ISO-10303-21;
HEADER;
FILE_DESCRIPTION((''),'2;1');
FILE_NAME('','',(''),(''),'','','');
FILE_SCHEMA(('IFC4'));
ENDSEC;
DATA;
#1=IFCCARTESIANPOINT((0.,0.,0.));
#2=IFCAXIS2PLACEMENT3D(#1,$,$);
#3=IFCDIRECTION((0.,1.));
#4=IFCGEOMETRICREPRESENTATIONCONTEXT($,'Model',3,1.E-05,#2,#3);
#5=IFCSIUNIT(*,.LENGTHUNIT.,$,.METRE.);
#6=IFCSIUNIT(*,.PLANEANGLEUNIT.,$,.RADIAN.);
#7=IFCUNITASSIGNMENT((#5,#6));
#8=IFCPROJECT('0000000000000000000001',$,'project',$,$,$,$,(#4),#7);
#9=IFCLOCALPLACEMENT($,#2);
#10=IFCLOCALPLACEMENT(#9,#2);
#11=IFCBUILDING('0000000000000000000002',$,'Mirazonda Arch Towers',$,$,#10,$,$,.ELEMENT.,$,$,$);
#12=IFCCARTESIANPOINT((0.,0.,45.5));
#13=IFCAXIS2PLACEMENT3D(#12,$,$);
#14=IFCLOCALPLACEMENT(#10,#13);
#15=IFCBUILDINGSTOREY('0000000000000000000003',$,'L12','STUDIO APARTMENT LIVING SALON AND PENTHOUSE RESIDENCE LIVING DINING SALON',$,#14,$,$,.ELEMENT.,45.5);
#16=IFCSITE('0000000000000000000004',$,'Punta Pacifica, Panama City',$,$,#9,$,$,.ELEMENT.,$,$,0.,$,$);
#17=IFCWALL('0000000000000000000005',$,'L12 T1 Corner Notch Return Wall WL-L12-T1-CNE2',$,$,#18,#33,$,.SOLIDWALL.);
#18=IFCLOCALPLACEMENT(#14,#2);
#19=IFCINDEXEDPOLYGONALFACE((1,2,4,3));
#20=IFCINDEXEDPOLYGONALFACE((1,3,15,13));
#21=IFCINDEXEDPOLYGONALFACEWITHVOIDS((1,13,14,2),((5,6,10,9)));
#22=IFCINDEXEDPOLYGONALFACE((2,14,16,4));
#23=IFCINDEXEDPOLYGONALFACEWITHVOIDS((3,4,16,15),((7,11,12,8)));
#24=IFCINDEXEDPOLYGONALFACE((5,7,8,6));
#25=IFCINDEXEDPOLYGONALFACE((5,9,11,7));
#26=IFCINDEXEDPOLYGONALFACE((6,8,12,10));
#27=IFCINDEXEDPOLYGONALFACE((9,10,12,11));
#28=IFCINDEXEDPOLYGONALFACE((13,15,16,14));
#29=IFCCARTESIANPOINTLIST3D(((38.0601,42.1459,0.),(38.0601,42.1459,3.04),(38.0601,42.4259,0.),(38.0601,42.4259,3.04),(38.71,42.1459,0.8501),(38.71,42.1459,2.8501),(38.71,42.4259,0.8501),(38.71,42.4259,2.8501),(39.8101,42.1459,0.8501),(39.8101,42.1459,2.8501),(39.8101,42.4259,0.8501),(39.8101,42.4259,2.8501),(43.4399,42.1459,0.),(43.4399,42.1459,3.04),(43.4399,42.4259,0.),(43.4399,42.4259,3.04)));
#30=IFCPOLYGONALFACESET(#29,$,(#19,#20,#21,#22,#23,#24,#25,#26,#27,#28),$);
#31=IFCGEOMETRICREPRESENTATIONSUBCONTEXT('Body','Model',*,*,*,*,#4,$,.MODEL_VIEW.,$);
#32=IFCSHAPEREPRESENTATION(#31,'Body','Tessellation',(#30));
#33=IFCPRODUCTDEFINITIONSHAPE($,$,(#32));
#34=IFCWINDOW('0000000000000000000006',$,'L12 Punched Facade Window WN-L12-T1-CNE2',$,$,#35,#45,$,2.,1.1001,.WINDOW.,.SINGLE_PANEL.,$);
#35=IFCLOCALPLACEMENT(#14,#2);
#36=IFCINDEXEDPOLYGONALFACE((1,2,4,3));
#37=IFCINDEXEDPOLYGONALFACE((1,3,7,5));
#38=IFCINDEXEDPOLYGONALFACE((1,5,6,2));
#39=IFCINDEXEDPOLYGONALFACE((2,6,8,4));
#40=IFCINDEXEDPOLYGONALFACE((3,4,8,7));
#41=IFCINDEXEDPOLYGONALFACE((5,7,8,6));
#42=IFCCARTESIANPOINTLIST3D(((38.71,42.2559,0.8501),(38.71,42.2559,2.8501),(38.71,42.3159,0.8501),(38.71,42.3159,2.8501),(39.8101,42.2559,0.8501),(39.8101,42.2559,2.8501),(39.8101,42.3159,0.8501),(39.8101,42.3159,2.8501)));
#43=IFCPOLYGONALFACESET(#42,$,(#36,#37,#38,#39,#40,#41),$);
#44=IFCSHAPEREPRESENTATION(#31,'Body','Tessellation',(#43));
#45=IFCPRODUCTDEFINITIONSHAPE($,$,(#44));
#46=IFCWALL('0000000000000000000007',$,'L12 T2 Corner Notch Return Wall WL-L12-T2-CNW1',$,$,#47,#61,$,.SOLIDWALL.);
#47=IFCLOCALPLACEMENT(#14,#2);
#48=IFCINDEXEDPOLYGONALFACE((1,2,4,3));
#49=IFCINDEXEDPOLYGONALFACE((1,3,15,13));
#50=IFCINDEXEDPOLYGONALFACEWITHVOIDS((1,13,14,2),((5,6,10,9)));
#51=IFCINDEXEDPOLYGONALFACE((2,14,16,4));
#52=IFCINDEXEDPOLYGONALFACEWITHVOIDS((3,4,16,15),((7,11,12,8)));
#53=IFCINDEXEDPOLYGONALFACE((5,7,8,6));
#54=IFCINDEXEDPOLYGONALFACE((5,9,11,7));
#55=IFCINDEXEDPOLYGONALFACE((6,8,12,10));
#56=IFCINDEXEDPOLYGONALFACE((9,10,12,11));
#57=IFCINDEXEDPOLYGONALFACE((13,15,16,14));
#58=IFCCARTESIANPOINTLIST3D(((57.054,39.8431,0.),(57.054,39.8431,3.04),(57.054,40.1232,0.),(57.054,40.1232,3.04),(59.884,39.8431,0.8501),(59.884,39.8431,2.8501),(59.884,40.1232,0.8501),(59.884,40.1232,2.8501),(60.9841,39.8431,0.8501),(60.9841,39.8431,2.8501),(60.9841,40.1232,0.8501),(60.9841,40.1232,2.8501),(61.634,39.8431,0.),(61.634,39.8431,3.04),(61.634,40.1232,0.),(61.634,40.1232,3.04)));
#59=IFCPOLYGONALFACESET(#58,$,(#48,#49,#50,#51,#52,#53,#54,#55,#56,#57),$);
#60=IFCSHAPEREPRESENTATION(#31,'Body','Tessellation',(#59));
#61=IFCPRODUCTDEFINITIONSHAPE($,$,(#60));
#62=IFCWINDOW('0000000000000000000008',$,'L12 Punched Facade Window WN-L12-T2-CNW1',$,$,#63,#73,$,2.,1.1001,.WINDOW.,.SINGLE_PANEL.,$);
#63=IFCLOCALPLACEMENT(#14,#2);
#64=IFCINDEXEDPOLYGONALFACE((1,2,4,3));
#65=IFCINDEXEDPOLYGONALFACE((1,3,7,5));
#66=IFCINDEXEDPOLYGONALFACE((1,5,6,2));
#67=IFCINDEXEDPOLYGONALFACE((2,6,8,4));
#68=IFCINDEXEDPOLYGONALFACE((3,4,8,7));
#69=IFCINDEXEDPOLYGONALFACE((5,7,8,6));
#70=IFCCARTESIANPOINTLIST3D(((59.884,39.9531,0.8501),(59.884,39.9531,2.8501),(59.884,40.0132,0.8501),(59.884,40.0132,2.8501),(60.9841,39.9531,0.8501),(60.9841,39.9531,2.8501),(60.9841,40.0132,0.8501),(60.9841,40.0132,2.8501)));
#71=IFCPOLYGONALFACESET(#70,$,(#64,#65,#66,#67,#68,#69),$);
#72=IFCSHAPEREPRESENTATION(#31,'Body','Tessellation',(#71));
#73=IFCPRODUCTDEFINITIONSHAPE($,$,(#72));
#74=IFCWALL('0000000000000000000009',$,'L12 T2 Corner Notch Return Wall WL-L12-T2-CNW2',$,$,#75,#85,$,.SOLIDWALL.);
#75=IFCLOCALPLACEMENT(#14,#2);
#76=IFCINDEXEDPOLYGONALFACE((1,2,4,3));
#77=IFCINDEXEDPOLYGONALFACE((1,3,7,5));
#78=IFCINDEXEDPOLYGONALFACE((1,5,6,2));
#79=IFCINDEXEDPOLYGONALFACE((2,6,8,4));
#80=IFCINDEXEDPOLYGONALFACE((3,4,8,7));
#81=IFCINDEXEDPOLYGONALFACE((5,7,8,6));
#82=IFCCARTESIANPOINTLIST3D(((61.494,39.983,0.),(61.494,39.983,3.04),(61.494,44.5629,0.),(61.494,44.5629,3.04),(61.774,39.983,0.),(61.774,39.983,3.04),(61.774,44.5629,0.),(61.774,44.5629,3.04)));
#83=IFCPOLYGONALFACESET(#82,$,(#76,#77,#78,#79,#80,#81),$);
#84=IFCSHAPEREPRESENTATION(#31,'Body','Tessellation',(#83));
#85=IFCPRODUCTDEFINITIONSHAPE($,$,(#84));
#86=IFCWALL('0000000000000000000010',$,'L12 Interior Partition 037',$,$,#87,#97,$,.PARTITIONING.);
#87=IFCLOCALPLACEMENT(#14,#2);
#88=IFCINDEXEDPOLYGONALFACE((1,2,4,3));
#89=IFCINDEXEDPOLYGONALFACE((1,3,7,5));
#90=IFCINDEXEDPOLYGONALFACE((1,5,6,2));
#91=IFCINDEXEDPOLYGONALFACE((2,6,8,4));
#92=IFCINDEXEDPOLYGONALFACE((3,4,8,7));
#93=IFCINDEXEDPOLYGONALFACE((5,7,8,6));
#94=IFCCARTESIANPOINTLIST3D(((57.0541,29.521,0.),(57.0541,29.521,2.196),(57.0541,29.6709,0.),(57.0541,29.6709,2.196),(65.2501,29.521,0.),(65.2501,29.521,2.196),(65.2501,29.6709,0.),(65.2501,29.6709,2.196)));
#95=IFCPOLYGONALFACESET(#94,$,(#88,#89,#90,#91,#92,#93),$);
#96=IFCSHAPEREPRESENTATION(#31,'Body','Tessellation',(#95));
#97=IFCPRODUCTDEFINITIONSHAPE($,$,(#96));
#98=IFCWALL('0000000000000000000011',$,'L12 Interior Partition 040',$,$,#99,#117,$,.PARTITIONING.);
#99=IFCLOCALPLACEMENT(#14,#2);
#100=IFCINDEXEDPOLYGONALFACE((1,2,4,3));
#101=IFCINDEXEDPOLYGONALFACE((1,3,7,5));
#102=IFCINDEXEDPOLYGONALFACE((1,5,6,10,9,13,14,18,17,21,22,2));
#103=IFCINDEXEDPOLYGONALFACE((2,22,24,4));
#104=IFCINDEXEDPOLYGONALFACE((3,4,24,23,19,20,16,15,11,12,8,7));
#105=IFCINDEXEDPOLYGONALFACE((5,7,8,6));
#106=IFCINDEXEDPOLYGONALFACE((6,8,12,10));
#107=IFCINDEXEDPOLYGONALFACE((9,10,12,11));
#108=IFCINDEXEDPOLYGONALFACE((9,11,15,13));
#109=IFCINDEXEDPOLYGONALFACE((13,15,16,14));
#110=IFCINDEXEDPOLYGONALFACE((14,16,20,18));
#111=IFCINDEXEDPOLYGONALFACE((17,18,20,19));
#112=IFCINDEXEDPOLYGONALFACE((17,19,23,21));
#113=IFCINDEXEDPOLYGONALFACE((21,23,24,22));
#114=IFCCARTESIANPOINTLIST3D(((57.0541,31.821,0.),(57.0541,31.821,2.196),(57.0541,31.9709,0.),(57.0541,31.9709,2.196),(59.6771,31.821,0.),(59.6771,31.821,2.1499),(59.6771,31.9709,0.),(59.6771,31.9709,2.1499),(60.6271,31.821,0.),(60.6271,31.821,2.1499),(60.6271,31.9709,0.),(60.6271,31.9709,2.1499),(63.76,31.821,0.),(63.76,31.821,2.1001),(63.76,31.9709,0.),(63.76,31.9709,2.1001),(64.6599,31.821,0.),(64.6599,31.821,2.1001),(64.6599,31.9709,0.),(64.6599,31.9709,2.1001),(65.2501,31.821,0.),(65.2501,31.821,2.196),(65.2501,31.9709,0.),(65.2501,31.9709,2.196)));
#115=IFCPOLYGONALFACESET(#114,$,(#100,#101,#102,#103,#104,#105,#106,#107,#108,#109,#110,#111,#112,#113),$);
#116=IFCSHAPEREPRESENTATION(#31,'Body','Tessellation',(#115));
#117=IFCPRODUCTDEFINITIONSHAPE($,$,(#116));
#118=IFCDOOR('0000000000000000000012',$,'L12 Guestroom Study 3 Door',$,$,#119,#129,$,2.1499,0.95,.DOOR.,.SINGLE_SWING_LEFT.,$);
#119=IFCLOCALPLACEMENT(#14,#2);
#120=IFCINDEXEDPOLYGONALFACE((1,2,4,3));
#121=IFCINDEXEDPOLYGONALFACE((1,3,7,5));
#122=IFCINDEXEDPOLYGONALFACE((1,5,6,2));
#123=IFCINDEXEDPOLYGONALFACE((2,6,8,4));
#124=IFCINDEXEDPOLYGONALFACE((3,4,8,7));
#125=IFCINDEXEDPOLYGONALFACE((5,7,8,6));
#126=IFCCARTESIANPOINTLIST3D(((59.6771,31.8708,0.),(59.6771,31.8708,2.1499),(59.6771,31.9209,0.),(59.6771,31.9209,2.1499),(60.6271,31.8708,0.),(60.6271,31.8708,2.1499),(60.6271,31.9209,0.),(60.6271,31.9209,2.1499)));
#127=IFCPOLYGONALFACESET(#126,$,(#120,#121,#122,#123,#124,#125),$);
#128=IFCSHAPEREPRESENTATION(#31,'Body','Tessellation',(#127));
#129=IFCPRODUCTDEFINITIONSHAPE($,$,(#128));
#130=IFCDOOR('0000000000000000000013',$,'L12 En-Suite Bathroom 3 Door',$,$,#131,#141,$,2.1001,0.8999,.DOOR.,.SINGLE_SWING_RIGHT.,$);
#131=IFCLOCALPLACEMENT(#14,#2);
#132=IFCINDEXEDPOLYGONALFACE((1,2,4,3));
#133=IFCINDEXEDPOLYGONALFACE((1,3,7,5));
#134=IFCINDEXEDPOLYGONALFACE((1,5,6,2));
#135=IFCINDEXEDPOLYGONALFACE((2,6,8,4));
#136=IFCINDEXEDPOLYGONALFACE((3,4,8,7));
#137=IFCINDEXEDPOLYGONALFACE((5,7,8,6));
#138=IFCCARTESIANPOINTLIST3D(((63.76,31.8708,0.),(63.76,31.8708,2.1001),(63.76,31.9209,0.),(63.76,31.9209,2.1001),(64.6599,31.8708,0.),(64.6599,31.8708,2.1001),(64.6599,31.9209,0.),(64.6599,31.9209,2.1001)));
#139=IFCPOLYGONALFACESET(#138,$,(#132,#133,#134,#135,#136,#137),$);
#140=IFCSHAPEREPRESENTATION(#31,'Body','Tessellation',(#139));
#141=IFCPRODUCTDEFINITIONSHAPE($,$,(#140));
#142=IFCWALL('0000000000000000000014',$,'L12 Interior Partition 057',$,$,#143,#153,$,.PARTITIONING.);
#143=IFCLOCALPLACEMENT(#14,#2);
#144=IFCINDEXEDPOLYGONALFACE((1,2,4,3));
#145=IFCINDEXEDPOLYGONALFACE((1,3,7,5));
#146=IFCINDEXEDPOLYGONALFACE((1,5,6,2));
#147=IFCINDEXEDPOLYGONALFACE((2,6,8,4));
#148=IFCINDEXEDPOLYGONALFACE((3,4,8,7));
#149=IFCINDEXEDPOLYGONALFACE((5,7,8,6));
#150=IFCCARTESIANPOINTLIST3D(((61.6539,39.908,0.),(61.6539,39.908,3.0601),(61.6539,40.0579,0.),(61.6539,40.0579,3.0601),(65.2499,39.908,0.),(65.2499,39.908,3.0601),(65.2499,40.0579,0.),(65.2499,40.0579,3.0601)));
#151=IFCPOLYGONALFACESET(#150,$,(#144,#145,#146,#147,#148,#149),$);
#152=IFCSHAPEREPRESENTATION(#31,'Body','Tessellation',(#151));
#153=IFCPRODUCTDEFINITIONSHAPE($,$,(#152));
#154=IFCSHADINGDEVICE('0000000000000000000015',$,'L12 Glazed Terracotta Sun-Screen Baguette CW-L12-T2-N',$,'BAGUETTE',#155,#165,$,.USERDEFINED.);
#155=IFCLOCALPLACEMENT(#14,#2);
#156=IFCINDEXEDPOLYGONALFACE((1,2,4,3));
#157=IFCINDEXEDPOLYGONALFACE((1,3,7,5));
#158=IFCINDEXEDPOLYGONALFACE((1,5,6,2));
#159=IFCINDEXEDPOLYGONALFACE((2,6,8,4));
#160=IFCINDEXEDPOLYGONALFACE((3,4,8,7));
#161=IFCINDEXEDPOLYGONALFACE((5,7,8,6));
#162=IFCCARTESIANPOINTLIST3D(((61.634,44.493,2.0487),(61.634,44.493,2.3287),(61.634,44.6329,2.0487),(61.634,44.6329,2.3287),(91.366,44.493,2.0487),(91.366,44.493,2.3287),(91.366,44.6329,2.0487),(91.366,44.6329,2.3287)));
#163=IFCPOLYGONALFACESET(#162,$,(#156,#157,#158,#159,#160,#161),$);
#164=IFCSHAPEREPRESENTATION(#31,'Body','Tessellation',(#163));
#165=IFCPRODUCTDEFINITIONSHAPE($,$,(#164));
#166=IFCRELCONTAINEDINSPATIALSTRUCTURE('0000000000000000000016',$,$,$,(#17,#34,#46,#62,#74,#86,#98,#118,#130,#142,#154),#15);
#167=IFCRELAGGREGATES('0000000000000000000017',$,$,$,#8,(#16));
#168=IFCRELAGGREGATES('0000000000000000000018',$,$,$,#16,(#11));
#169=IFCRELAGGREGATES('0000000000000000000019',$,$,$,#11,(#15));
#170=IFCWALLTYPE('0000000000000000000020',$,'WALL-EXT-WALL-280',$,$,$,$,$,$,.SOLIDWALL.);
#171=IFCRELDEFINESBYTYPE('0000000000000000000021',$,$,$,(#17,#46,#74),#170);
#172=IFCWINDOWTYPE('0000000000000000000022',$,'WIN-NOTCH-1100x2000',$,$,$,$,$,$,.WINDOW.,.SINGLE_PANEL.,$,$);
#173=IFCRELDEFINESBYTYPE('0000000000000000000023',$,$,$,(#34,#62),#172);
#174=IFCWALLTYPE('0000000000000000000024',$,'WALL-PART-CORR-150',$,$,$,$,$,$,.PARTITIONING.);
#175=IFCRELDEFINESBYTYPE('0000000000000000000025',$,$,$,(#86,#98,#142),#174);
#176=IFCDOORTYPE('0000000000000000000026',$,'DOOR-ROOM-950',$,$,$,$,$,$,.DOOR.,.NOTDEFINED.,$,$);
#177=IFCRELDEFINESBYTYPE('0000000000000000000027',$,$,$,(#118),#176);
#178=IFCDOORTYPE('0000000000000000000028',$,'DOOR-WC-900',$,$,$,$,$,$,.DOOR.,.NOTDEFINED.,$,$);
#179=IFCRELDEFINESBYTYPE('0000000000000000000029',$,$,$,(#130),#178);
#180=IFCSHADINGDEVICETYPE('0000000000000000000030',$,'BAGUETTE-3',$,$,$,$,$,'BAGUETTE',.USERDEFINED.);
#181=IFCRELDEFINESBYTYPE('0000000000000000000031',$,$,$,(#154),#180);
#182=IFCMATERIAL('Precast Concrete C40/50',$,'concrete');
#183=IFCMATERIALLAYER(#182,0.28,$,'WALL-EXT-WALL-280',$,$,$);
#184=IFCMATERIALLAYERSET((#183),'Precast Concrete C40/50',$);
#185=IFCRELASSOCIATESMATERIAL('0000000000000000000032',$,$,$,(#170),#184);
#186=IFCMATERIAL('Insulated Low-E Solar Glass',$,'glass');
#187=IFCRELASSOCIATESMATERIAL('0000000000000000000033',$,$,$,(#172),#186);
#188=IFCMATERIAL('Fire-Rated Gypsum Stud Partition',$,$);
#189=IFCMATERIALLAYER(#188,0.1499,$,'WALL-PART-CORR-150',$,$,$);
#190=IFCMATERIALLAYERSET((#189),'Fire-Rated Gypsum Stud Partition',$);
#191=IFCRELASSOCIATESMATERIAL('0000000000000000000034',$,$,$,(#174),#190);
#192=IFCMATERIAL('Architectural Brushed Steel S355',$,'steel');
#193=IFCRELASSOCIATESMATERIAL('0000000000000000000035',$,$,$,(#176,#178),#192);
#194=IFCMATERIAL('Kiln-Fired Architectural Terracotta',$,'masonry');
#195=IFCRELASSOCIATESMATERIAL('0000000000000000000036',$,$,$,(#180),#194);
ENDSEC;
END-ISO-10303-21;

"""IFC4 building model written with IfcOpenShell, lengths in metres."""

from ifc_helpers import new_model, si_unit, direction, frame, frame_2d, origin, origin_2d, place, context, subcontext, project, spatial, rectangle, extrude, material, layer, layer_set, material_profile, profile_set, type_object, element, fill, save


model = new_model("IFC4")

# Units and contexts
model_context = context("Model", 3, precision=1e-05, world=origin(), true_north=direction((0.0, 1.0)))
body_context = subcontext(model_context, "Body", "Model", "MODEL_VIEW")
ifc_project = project(units=[si_unit("LENGTHUNIT", "METRE"), si_unit("PLANEANGLEUNIT", "RADIAN")], contexts=[model_context])

# Site, building, storey
site_placement = place(None, origin())
site = spatial("IfcSite", under=ifc_project, at=site_placement, Name="Punta Pacifica, Panama City", CompositionType="ELEMENT", RefElevation=0.0)
building_placement = place(site_placement, origin())
building = spatial("IfcBuilding", under=site, at=building_placement, Name="Mirazonda Arch Towers", CompositionType="ELEMENT")
storey_placement = place(building_placement, frame((0.0, 0.0, 45.5)))
storey = spatial("IfcBuildingStorey", under=building, at=storey_placement, Name="L12", Description="STUDIO APARTMENT LIVING SALON AND PENTHOUSE RESIDENCE LIVING DINING SALON", CompositionType="ELEMENT", Elevation=45.5)

# Shared definitions
ifc_material_1 = material(Name="Insulated Low-E Solar Glass", Category="glass")

# Walls, openings, windows
ifc_material_2 = material(Name="Precast Concrete C40/50", Category="concrete")
ifc_layer_1 = layer(ifc_material_2, 0.28, Name="WALL-EXT-WALL-280")
ifc_layer_set_1 = layer_set([ifc_layer_1], Name="Precast Concrete C40/50")
wall_type_1 = type_object("IfcWallType", Name="WALL-EXT-WALL-280", PredefinedType="SOLIDWALL", material=ifc_layer_set_1)
wall_1_placement = place(storey_placement, frame((43.4399, 42.2859, 0.0), z_axis=(0.0, 0.0, 1.0), x_axis=(-1.0, 0.0, 0.0)))
wall_1 = element("IfcWall", 1, at=wall_1_placement, inside=storey, type_object=wall_type_1, Name="L12 T1 Corner Notch Return Wall WL-L12-T1-CNE2", PredefinedType="SOLIDWALL", context=body_context, shape_type="SweptSolid", body=[
    extrude(rectangle(XDim=5.3799, YDim=0.28, at=frame_2d((2.6899, 0.0))), origin(), (0.0, 0.0, 1.0), 3.04),
])
opening_1_placement = place(wall_1_placement, frame((3.6299, 0.0, 0.8501)))
opening_1 = element("IfcOpeningElement", 2, at=opening_1_placement, cuts=wall_1, PredefinedType="OPENING", context=body_context, shape_type="SweptSolid", body=[
    extrude(rectangle(XDim=1.1001, YDim=2.0, at=frame_2d((0.55, 1.0))), frame((0.0, 0.1499, 0.0), z_axis=(0.0, -1.0, 0.0), x_axis=(1.0, 0.0, 0.0)), (0.0, 0.0, 1.0), 0.3),
])
window_type = type_object("IfcWindowType", Name="WIN-NOTCH-1100x2000", PartitioningType="SINGLE_PANEL", PredefinedType="WINDOW", material=ifc_material_1)
window_1_placement = place(opening_1_placement, origin())
window_1 = element("IfcWindow", 3, at=window_1_placement, inside=storey, type_object=window_type, Name="L12 Punched Facade Window WN-L12-T1-CNE2", OverallHeight=2.0, OverallWidth=1.1001, PartitioningType="SINGLE_PANEL", PredefinedType="WINDOW", context=body_context, shape_type="SweptSolid", body=[
    extrude(rectangle(XDim=1.1001, YDim=2.0, at=frame_2d((0.55, 1.0))), frame((0.0, 0.03, 0.0), z_axis=(0.0, -1.0, 0.0), x_axis=(1.0, 0.0, 0.0)), (0.0, 0.0, 1.0), 0.0601),
])
fill(opening_1, window_1)
wall_2_placement = place(storey_placement, frame((61.634, 39.9832, 0.0), z_axis=(0.0, 0.0, 1.0), x_axis=(-1.0, 0.0, 0.0)))
wall_2 = element("IfcWall", 4, at=wall_2_placement, inside=storey, type_object=wall_type_1, Name="L12 T2 Corner Notch Return Wall WL-L12-T2-CNW1", PredefinedType="SOLIDWALL", context=body_context, shape_type="SweptSolid", body=[
    extrude(rectangle(XDim=4.5801, YDim=0.28, at=frame_2d((2.29, 0.0))), origin(), (0.0, 0.0, 1.0), 3.04),
])
opening_2_placement = place(wall_2_placement, frame((0.6499, 0.0, 0.8501)))
opening_2 = element("IfcOpeningElement", 5, at=opening_2_placement, cuts=wall_2, PredefinedType="OPENING", context=body_context, shape_type="SweptSolid", body=[
    extrude(rectangle(XDim=1.1001, YDim=2.0, at=frame_2d((0.55, 1.0))), frame((0.0, 0.1499, 0.0), z_axis=(0.0, -1.0, 0.0), x_axis=(1.0, 0.0, 0.0)), (0.0, 0.0, 1.0), 0.3),
])
window_2_placement = place(opening_2_placement, origin())
window_2 = element("IfcWindow", 6, at=window_2_placement, inside=storey, type_object=window_type, Name="L12 Punched Facade Window WN-L12-T2-CNW1", OverallHeight=2.0, OverallWidth=1.1001, PartitioningType="SINGLE_PANEL", PredefinedType="WINDOW", context=body_context, shape_type="SweptSolid", body=[
    extrude(rectangle(XDim=1.1001, YDim=2.0, at=frame_2d((0.55, 1.0))), frame((0.0, 0.03, 0.0), z_axis=(0.0, -1.0, 0.0), x_axis=(1.0, 0.0, 0.0)), (0.0, 0.0, 1.0), 0.0601),
])
fill(opening_2, window_2)

# Walls
wall_3_placement = place(storey_placement, frame((61.634, 44.563, 0.0), z_axis=(0.0, 0.0, 1.0), x_axis=(0.0, -1.0, 0.0)))
element("IfcWall", 7, at=wall_3_placement, inside=storey, type_object=wall_type_1, Name="L12 T2 Corner Notch Return Wall WL-L12-T2-CNW2", PredefinedType="SOLIDWALL", context=body_context, shape_type="SweptSolid", body=[
    extrude(rectangle(XDim=4.5798, YDim=0.28, at=frame_2d((2.29, 0.0))), origin(), (0.0, 0.0, 1.0), 3.04),
])
ifc_material_3 = material(Name="Fire-Rated Gypsum Stud Partition")
ifc_layer_2 = layer(ifc_material_3, 0.1499, Name="WALL-PART-CORR-150")
ifc_layer_set_2 = layer_set([ifc_layer_2], Name="Fire-Rated Gypsum Stud Partition")
wall_type_2 = type_object("IfcWallType", Name="WALL-PART-CORR-150", PredefinedType="PARTITIONING", material=ifc_layer_set_2)
wall_4_placement = place(storey_placement, frame((57.054, 29.5959, 0.0), z_axis=(0.0, 0.0, 1.0), x_axis=(1.0, 0.0, 0.0)))
element("IfcWall", 8, at=wall_4_placement, inside=storey, type_object=wall_type_2, Name="L12 Interior Partition 037", PredefinedType="PARTITIONING", context=body_context, shape_type="SweptSolid", body=[
    extrude(rectangle(XDim=8.196, YDim=0.1499, at=frame_2d((4.0981, 0.0))), origin(), (0.0, 0.0, 1.0), 2.196),
])

# Wall, openings, doors
wall_5_placement = place(storey_placement, frame((57.054, 31.896, 0.0), z_axis=(0.0, 0.0, 1.0), x_axis=(1.0, 0.0, 0.0)))
wall_5 = element("IfcWall", 9, at=wall_5_placement, inside=storey, type_object=wall_type_2, Name="L12 Interior Partition 040", PredefinedType="PARTITIONING", context=body_context, shape_type="SweptSolid", body=[
    extrude(rectangle(XDim=8.196, YDim=0.1499, at=frame_2d((4.0981, 0.0))), origin(), (0.0, 0.0, 1.0), 2.196),
])
opening_3_placement = place(wall_5_placement, frame((2.623, 0.0, 0.0)))
opening_3 = element("IfcOpeningElement", 10, at=opening_3_placement, cuts=wall_5, PredefinedType="OPENING", context=body_context, shape_type="SweptSolid", body=[
    extrude(rectangle(XDim=0.95, YDim=2.1499, at=frame_2d((0.4751, 1.075))), frame((0.0, 0.085, 0.0), z_axis=(0.0, -1.0, 0.0), x_axis=(1.0, 0.0, 0.0)), (0.0, 0.0, 1.0), 0.1699),
])
opening_4_placement = place(wall_5_placement, frame((6.7061, 0.0, 0.0)))
opening_4 = element("IfcOpeningElement", 11, at=opening_4_placement, cuts=wall_5, PredefinedType="OPENING", context=body_context, shape_type="SweptSolid", body=[
    extrude(rectangle(XDim=0.8999, YDim=2.1001, at=frame_2d((0.45, 1.05))), frame((0.0, 0.085, 0.0), z_axis=(0.0, -1.0, 0.0), x_axis=(1.0, 0.0, 0.0)), (0.0, 0.0, 1.0), 0.1699),
])
ifc_material_4 = material(Name="Architectural Brushed Steel S355", Category="steel")
door_type_1 = type_object("IfcDoorType", Name="DOOR-ROOM-950", OperationType="NOTDEFINED", PredefinedType="DOOR", material=ifc_material_4)
door_1_placement = place(opening_3_placement, origin())
door_1 = element("IfcDoor", 12, at=door_1_placement, inside=storey, type_object=door_type_1, Name="L12 Guestroom Study 3 Door", OperationType="SINGLE_SWING_LEFT", OverallHeight=2.1499, OverallWidth=0.95, PredefinedType="DOOR", context=body_context, shape_type="SweptSolid", body=[
    extrude(rectangle(XDim=0.95, YDim=2.1499, at=frame_2d((0.4751, 1.075))), frame((0.0, 0.0249, 0.0), z_axis=(0.0, -1.0, 0.0), x_axis=(1.0, 0.0, 0.0)), (0.0, 0.0, 1.0), 0.05),
])
fill(opening_3, door_1)
door_type_2 = type_object("IfcDoorType", Name="DOOR-WC-900", OperationType="NOTDEFINED", PredefinedType="DOOR", material=ifc_material_4)
door_2_placement = place(opening_4_placement, origin())
door_2 = element("IfcDoor", 13, at=door_2_placement, inside=storey, type_object=door_type_2, Name="L12 En-Suite Bathroom 3 Door", OperationType="SINGLE_SWING_RIGHT", OverallHeight=2.1001, OverallWidth=0.8999, PredefinedType="DOOR", context=body_context, shape_type="SweptSolid", body=[
    extrude(rectangle(XDim=0.8999, YDim=2.1001, at=frame_2d((0.45, 1.05))), frame((0.0, 0.0249, 0.0), z_axis=(0.0, -1.0, 0.0), x_axis=(1.0, 0.0, 0.0)), (0.0, 0.0, 1.0), 0.05),
])
fill(opening_4, door_2)

# Wall
wall_6_placement = place(storey_placement, frame((61.6541, 39.9829, 0.0), z_axis=(0.0, 0.0, 1.0), x_axis=(1.0, 0.0, 0.0)))
element("IfcWall", 14, at=wall_6_placement, inside=storey, type_object=wall_type_2, Name="L12 Interior Partition 057", PredefinedType="PARTITIONING", context=body_context, shape_type="SweptSolid", body=[
    extrude(rectangle(XDim=3.5959, YDim=0.1499, at=frame_2d((1.7979, 0.0))), origin(), (0.0, 0.0, 1.0), 3.0601),
])

# Shading device
ifc_material_5 = material(Name="Kiln-Fired Architectural Terracotta", Category="masonry")
ifc_material_profile_1 = material_profile(ifc_material_5, rectangle(XDim=0.1399, YDim=0.28, at=origin_2d()), Name="TERRA-BAG-140x280")
ifc_profile_set_1 = profile_set([ifc_material_profile_1], Name="Kiln-Fired Architectural Terracotta")
shading_device_type = type_object("IfcShadingDeviceType", Name="BAGUETTE-3", ElementType="BAGUETTE", PredefinedType="USERDEFINED", material=ifc_profile_set_1)
shading_device_1_placement = place(storey_placement, frame((61.634, 44.563, 2.1887), z_axis=(1.0, 0.0, 0.0), x_axis=(0.0, 1.0, 0.0)))
element("IfcShadingDevice", 15, at=shading_device_1_placement, inside=storey, type_object=shading_device_type, Name="L12 Glazed Terracotta Sun-Screen Baguette CW-L12-T2-N", ObjectType="BAGUETTE", PredefinedType="USERDEFINED", context=body_context, shape_type="SweptSolid", body=[
    extrude(rectangle(XDim=0.1399, YDim=0.28, at=origin_2d()), origin(), (0.0, 0.0, 1.0), 29.7319),
])

save(model, "model.ifc")
